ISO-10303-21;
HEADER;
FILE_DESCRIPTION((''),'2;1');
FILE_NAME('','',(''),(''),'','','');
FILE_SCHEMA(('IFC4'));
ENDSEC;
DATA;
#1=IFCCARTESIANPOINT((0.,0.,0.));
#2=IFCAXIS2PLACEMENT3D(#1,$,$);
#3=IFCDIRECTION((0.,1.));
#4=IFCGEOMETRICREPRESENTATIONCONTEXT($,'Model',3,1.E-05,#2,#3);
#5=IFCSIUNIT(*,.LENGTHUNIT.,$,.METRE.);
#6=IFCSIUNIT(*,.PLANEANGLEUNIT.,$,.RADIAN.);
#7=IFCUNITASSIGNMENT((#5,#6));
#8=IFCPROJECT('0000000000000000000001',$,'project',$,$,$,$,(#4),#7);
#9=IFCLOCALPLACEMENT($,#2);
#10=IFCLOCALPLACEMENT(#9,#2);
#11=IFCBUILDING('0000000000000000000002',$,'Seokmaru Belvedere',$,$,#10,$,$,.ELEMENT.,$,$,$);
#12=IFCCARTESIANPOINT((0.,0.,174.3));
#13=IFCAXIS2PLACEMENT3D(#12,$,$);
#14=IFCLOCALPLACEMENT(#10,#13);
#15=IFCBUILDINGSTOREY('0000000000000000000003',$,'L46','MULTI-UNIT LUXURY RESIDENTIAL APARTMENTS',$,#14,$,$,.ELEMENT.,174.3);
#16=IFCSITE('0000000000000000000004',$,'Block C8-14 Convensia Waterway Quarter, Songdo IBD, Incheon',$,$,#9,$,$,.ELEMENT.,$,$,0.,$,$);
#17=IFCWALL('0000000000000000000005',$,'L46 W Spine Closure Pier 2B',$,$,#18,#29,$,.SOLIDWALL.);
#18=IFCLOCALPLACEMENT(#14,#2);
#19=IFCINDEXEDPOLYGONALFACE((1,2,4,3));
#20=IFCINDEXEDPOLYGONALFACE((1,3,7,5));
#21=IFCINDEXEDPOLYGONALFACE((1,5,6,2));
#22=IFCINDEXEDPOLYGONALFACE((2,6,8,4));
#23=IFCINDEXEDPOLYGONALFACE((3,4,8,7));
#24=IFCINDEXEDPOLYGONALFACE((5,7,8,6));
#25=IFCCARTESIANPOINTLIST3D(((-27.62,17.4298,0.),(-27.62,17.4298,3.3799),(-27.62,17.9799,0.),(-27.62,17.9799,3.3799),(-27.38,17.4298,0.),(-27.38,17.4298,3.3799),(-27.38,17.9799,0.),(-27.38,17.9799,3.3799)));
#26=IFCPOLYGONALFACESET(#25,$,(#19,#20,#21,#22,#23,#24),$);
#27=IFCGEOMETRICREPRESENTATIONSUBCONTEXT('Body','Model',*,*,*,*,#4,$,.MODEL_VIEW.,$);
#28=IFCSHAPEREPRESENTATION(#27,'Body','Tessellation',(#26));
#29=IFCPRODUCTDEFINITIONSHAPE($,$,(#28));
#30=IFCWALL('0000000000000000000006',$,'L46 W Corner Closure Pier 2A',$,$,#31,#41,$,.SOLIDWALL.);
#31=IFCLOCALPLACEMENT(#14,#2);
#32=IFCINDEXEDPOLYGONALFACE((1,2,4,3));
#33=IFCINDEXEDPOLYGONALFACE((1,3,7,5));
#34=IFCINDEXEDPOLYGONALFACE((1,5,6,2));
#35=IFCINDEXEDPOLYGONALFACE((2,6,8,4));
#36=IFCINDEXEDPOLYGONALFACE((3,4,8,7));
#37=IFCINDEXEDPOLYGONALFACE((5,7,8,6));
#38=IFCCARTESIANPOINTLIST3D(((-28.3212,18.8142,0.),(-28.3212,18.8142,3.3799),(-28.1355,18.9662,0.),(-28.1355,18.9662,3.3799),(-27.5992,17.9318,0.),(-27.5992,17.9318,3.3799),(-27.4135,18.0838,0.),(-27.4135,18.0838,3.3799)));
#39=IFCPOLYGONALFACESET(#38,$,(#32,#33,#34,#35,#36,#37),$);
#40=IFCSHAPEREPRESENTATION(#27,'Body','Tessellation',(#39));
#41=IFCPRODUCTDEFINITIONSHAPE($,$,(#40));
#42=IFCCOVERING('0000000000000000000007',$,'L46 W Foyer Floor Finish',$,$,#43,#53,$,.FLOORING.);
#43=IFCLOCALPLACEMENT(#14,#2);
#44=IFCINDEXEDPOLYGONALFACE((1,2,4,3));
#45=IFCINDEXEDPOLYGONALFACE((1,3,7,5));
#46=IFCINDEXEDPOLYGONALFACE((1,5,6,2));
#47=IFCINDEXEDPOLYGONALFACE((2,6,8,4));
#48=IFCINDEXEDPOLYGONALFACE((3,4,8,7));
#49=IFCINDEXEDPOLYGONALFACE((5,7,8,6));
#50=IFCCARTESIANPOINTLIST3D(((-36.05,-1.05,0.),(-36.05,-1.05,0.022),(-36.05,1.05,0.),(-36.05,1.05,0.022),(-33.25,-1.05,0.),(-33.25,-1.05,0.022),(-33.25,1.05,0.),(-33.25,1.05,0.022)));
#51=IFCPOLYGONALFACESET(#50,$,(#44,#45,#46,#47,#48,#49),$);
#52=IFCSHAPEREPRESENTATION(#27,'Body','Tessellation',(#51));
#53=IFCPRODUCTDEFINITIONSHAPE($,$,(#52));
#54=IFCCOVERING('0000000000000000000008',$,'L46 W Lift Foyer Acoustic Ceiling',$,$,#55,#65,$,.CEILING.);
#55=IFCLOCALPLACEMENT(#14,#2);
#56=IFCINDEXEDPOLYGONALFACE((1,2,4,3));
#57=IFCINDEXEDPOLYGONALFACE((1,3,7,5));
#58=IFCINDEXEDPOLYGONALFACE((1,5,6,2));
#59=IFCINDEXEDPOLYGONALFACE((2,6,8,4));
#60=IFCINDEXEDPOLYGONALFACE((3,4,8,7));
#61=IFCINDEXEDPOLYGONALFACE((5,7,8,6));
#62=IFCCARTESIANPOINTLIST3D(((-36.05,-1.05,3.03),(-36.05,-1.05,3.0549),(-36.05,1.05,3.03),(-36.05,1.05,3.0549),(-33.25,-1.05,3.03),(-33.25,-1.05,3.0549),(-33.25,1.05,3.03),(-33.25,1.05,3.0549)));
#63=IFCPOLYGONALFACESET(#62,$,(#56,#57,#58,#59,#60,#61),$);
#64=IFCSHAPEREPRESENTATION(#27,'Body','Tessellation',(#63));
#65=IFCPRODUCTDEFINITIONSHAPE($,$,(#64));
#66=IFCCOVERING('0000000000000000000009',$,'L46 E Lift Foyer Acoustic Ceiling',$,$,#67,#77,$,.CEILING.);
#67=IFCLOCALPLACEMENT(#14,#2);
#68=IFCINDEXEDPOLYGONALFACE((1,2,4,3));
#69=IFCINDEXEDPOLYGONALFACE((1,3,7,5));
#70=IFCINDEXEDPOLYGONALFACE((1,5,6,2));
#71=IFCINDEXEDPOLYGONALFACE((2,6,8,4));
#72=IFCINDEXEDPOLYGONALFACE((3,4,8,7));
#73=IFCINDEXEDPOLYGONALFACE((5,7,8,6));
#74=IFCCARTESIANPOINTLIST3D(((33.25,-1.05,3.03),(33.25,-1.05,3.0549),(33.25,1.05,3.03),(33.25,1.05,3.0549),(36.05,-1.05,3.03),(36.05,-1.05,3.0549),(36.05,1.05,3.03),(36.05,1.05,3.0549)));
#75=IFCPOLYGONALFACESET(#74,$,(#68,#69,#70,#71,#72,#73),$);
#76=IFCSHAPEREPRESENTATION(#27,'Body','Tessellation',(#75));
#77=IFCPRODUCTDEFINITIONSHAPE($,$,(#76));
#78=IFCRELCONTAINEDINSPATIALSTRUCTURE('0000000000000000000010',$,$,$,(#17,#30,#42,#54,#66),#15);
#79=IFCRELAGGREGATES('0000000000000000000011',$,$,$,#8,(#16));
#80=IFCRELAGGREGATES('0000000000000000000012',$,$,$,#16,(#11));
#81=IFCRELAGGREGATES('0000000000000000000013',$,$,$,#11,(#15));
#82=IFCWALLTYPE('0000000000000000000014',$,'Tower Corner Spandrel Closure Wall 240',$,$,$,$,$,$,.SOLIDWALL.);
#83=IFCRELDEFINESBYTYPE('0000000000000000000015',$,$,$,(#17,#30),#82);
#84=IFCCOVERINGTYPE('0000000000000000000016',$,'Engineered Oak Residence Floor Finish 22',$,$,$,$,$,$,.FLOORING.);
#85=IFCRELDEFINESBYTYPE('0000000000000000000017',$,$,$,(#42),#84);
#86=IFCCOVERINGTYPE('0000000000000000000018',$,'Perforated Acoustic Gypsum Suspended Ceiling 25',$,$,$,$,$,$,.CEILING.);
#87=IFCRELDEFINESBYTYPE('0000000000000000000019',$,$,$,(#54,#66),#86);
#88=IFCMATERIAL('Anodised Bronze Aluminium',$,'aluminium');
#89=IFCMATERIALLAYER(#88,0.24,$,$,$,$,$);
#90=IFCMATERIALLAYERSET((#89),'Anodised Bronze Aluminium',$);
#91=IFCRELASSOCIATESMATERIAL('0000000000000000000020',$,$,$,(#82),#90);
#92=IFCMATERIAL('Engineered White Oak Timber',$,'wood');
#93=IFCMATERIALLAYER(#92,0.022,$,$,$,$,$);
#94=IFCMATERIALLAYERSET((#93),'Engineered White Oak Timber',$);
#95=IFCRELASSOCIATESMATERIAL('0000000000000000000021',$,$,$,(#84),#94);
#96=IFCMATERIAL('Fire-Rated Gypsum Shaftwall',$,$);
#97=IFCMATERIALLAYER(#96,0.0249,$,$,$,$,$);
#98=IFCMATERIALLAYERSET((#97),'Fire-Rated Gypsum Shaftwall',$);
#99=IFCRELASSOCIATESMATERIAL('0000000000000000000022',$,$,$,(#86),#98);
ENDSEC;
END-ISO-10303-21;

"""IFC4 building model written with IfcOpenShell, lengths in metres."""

from ifc_helpers import new_model, si_unit, direction, frame, frame_2d, origin, place, context, subcontext, project, spatial, polyline, rectangle, outline, extrude, material, layer, layer_set, type_object, element, save


model = new_model("IFC4")

# Units and contexts
model_context = context("Model", 3, precision=1e-05, world=origin(), true_north=direction((0.0, 1.0)))
body_context = subcontext(model_context, "Body", "Model", "MODEL_VIEW")
ifc_project = project(units=[si_unit("LENGTHUNIT", "METRE"), si_unit("PLANEANGLEUNIT", "RADIAN")], contexts=[model_context])

# Site, building, storey
site_placement = place(None, origin())
site = spatial("IfcSite", under=ifc_project, at=site_placement, Name="Block C8-14 Convensia Waterway Quarter, Songdo IBD, Incheon", CompositionType="ELEMENT", RefElevation=0.0)
building_placement = place(site_placement, origin())
building = spatial("IfcBuilding", under=site, at=building_placement, Name="Seokmaru Belvedere", CompositionType="ELEMENT")
storey_placement = place(building_placement, frame((0.0, 0.0, 174.3)))
storey = spatial("IfcBuildingStorey", under=building, at=storey_placement, Name="L46", Description="MULTI-UNIT LUXURY RESIDENTIAL APARTMENTS", CompositionType="ELEMENT", Elevation=174.3)

# Shared definitions
ifc_material_1 = material(Name="Anodised Bronze Aluminium", Category="aluminium")

# Walls
ifc_layer_1 = layer(ifc_material_1, 0.24)
ifc_layer_set_1 = layer_set([ifc_layer_1], Name="Anodised Bronze Aluminium")
wall_type_1 = type_object("IfcWallType", Name="Tower Corner Spandrel Closure Wall 240", PredefinedType="SOLIDWALL", material=ifc_layer_set_1)
wall_1_placement = place(storey_placement, frame((-27.5, 17.4299, 0.0), z_axis=(0.0, 0.0, 1.0), x_axis=(0.0, 1.0, 0.0)))
element("IfcWall", 1, at=wall_1_placement, inside=storey, type_object=wall_type_1, Name="L46 W Spine Closure Pier 2B", PredefinedType="SOLIDWALL", context=body_context, shape_type="SweptSolid", body=[
    extrude(rectangle(XDim=0.55, YDim=0.24, at=frame_2d((0.2749, 0.0))), origin(), (0.0, 0.0, 1.0), 3.3799),
])
wall_2_placement = place(storey_placement, frame((-27.5063, 18.0078, 0.0), z_axis=(0.0, 0.0, 1.0), x_axis=(-0.633249, 0.773948, 0.0)))
element("IfcWall", 2, at=wall_2_placement, inside=storey, type_object=wall_type_1, Name="L46 W Corner Closure Pier 2A", PredefinedType="SOLIDWALL", context=body_context, shape_type="SweptSolid", body=[
    extrude(rectangle(XDim=1.1401, YDim=0.24, at=frame_2d((0.5701, 0.0))), origin(), (0.0, 0.0, 1.0), 3.3799),
])

# Coverings
ifc_material_2 = material(Name="Engineered White Oak Timber", Category="wood")
ifc_layer_2 = layer(ifc_material_2, 0.022)
ifc_layer_set_2 = layer_set([ifc_layer_2], Name="Engineered White Oak Timber")
covering_type_1 = type_object("IfcCoveringType", Name="Engineered Oak Residence Floor Finish 22", PredefinedType="FLOORING", material=ifc_layer_set_2)
covering_1_placement = place(storey_placement, origin())
element("IfcCovering", 3, at=covering_1_placement, inside=storey, type_object=covering_type_1, Name="L46 W Foyer Floor Finish", PredefinedType="FLOORING", context=body_context, shape_type="SweptSolid", body=[
    extrude(outline(polyline([(-36.05, -1.05), (-33.25, -1.05), (-33.25, 1.05), (-36.05, 1.05), (-36.05, -1.05)])), origin(), (0.0, 0.0, 1.0), 0.022),
])
ifc_material_3 = material(Name="Fire-Rated Gypsum Shaftwall")
ifc_layer_3 = layer(ifc_material_3, 0.0249)
ifc_layer_set_3 = layer_set([ifc_layer_3], Name="Fire-Rated Gypsum Shaftwall")
covering_type_2 = type_object("IfcCoveringType", Name="Perforated Acoustic Gypsum Suspended Ceiling 25", PredefinedType="CEILING", material=ifc_layer_set_3)
covering_2_placement = place(storey_placement, frame((0.0, 0.0, 3.03)))
element("IfcCovering", 4, at=covering_2_placement, inside=storey, type_object=covering_type_2, Name="L46 W Lift Foyer Acoustic Ceiling", PredefinedType="CEILING", context=body_context, shape_type="SweptSolid", body=[
    extrude(outline(polyline([(-36.05, -1.05), (-33.25, -1.05), (-33.25, 1.05), (-36.05, 1.05), (-36.05, -1.05)])), origin(), (0.0, 0.0, 1.0), 0.0249),
])
covering_3_placement = place(storey_placement, frame((0.0, 0.0, 3.03)))
element("IfcCovering", 5, at=covering_3_placement, inside=storey, type_object=covering_type_2, Name="L46 E Lift Foyer Acoustic Ceiling", PredefinedType="CEILING", context=body_context, shape_type="SweptSolid", body=[
    extrude(outline(polyline([(33.25, -1.05), (36.05, -1.05), (36.05, 1.05), (33.25, 1.05), (33.25, -1.05)])), origin(), (0.0, 0.0, 1.0), 0.0249),
])

save(model, "model.ifc")
